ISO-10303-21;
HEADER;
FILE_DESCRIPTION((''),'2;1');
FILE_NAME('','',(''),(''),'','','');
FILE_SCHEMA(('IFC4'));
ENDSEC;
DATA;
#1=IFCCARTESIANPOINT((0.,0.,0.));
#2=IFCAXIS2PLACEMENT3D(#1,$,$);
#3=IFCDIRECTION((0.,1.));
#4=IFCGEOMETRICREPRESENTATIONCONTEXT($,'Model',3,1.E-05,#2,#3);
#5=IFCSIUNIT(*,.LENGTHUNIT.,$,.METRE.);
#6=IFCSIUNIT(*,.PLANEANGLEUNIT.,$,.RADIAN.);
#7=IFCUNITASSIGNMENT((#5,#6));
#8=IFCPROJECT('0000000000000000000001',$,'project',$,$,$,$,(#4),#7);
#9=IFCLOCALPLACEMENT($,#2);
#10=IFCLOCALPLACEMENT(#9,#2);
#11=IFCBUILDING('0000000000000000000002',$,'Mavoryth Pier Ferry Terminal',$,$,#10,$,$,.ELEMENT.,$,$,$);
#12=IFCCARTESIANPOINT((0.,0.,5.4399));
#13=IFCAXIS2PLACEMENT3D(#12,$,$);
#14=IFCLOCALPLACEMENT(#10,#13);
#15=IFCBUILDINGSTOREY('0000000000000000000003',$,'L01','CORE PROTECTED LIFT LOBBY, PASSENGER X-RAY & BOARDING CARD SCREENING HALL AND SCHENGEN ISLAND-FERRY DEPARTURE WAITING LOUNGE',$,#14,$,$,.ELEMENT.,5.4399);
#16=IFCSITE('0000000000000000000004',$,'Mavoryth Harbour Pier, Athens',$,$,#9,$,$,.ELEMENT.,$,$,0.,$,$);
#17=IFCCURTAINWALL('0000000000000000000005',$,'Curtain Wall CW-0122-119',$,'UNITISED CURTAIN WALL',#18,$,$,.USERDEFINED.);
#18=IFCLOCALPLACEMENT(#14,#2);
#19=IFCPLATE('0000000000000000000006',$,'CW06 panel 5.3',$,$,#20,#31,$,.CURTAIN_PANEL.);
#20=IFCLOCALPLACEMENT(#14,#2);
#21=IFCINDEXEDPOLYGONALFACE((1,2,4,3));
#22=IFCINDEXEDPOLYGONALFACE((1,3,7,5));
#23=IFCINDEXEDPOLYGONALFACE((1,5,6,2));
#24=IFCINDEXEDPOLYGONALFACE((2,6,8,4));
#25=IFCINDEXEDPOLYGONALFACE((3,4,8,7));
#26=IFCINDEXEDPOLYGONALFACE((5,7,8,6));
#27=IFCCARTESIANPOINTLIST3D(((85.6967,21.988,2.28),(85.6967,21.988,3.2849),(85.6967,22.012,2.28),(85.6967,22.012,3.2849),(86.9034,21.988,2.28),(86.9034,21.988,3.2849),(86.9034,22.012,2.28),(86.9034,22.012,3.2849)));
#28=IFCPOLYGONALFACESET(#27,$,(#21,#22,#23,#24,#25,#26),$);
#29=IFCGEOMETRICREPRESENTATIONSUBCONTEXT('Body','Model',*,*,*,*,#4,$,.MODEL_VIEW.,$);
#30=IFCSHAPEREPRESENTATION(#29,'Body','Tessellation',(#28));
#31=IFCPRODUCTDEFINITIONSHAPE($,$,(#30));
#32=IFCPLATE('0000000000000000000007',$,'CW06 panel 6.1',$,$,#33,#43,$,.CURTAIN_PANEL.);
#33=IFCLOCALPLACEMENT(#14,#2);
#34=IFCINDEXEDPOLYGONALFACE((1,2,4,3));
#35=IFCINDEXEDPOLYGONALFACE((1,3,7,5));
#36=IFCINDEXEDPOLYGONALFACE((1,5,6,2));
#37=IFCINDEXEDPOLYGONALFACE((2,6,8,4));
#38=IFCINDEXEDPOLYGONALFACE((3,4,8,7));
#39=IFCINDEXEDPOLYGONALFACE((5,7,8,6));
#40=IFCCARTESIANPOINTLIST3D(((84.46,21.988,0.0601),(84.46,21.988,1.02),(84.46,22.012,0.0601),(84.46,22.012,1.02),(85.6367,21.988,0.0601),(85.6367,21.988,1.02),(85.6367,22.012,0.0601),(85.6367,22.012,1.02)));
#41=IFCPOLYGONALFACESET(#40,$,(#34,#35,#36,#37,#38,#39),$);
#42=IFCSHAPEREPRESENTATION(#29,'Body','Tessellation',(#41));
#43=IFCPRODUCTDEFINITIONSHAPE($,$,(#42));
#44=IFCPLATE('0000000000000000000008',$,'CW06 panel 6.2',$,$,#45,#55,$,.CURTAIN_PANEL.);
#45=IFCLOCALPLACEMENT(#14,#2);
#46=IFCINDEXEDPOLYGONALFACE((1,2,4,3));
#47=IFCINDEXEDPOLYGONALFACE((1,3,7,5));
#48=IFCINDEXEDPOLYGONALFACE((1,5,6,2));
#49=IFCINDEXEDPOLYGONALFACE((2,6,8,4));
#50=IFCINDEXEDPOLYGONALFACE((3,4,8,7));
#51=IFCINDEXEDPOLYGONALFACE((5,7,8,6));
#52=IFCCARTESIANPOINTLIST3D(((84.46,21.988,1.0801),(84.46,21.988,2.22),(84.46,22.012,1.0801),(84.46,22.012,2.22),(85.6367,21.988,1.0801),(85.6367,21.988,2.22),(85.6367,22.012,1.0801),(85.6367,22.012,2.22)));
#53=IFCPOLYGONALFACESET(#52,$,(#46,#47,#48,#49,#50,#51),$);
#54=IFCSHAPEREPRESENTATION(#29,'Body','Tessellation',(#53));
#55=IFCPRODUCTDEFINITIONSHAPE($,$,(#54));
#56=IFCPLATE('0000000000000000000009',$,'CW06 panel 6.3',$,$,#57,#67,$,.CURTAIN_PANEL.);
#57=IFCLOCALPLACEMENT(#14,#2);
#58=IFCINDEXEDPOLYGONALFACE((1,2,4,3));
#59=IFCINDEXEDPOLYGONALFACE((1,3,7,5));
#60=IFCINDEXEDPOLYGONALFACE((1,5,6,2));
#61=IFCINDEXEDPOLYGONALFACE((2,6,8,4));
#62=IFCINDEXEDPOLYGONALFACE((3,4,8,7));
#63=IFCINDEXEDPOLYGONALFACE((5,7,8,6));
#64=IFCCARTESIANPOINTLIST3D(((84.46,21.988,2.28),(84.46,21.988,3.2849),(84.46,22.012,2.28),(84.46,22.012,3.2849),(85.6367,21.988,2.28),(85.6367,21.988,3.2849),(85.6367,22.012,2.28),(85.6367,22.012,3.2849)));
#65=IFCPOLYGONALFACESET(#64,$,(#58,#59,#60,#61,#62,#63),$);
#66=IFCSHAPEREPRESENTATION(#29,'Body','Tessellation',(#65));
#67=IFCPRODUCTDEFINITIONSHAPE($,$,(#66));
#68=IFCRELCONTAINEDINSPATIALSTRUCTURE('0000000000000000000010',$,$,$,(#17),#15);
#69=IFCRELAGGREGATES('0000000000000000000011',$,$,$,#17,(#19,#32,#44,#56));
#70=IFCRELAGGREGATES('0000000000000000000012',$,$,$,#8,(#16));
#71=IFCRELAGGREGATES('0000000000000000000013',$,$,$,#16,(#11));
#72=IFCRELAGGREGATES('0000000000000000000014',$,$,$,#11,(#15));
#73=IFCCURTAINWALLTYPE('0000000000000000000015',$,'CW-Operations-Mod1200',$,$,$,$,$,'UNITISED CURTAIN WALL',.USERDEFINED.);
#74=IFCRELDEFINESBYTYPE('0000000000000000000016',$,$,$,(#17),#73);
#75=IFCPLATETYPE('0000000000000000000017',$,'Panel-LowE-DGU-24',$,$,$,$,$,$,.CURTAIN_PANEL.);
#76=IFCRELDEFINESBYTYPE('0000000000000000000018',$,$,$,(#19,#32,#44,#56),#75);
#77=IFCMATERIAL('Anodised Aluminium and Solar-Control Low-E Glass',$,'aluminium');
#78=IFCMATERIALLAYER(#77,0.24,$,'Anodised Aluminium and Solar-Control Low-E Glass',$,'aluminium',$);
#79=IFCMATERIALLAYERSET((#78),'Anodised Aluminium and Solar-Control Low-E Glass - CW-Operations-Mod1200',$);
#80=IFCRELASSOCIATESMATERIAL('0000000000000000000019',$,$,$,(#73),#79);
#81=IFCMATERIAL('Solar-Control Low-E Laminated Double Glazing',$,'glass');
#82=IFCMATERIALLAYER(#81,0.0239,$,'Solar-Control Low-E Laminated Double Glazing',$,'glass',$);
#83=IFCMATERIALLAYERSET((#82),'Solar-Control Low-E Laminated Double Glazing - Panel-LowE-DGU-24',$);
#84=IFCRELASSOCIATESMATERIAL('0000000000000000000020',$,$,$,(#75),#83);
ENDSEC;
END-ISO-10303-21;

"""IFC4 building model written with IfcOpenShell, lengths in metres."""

from ifc_helpers import new_model, si_unit, direction, frame, origin, origin_2d, place, context, subcontext, project, spatial, rectangle, extrude, material, layer, layer_set, type_object, element, aggregate, save


model = new_model("IFC4")

# Units and contexts
model_context = context("Model", 3, precision=1e-05, world=origin(), true_north=direction((0.0, 1.0)))
body_context = subcontext(model_context, "Body", "Model", "MODEL_VIEW")
ifc_project = project(units=[si_unit("LENGTHUNIT", "METRE"), si_unit("PLANEANGLEUNIT", "RADIAN")], contexts=[model_context])

# Site, building, storey
site_placement = place(None, origin())
site = spatial("IfcSite", under=ifc_project, at=site_placement, Name="Mavoryth Harbour Pier, Athens", CompositionType="ELEMENT", RefElevation=0.0)
building_placement = place(site_placement, origin())
building = spatial("IfcBuilding", under=site, at=building_placement, Name="Mavoryth Pier Ferry Terminal", CompositionType="ELEMENT")
storey_placement = place(building_placement, frame((0.0, 0.0, 5.4399)))
storey = spatial("IfcBuildingStorey", under=building, at=storey_placement, Name="L01", Description="CORE PROTECTED LIFT LOBBY, PASSENGER X-RAY & BOARDING CARD SCREENING HALL AND SCHENGEN ISLAND-FERRY DEPARTURE WAITING LOUNGE", CompositionType="ELEMENT", Elevation=5.4399)

# Curtain wall
ifc_material_1 = material(Name="Anodised Aluminium and Solar-Control Low-E Glass", Category="aluminium")
ifc_layer_1 = layer(ifc_material_1, 0.24, Name="Anodised Aluminium and Solar-Control Low-E Glass", Category="aluminium")
ifc_layer_set_1 = layer_set([ifc_layer_1], Name="Anodised Aluminium and Solar-Control Low-E Glass - CW-Operations-Mod1200")
curtain_wall_type = type_object("IfcCurtainWallType", Name="CW-Operations-Mod1200", ElementType="UNITISED CURTAIN WALL", PredefinedType="USERDEFINED", material=ifc_layer_set_1)
curtain_wall_1_placement = place(storey_placement, origin())
curtain_wall_1 = element("IfcCurtainWall", 1, at=curtain_wall_1_placement, inside=storey, type_object=curtain_wall_type, Name="Curtain Wall CW-0122-119", ObjectType="UNITISED CURTAIN WALL", PredefinedType="USERDEFINED")

# Plates
ifc_material_2 = material(Name="Solar-Control Low-E Laminated Double Glazing", Category="glass")
ifc_layer_2 = layer(ifc_material_2, 0.0239, Name="Solar-Control Low-E Laminated Double Glazing", Category="glass")
ifc_layer_set_2 = layer_set([ifc_layer_2], Name="Solar-Control Low-E Laminated Double Glazing - Panel-LowE-DGU-24")
plate_type = type_object("IfcPlateType", Name="Panel-LowE-DGU-24", PredefinedType="CURTAIN_PANEL", material=ifc_layer_set_2)
plate_1_placement = place(storey_placement, frame((86.3, 22.0, 2.28), z_axis=(0.0, 0.0, 1.0), x_axis=(-1.0, 0.0, 0.0)))
plate_1 = element("IfcPlate", 2, at=plate_1_placement, type_object=plate_type, Name="CW06 panel 5.3", PredefinedType="CURTAIN_PANEL", context=body_context, shape_type="SweptSolid", body=[
    extrude(rectangle(XDim=1.2068, YDim=0.0239, at=origin_2d()), origin(), (0.0, 0.0, 1.0), 1.0049),
])
plate_2_placement = place(storey_placement, frame((85.0483, 22.0, 0.0601), z_axis=(0.0, 0.0, 1.0), x_axis=(-1.0, 0.0, 0.0)))
plate_2 = element("IfcPlate", 3, at=plate_2_placement, type_object=plate_type, Name="CW06 panel 6.1", PredefinedType="CURTAIN_PANEL", context=body_context, shape_type="SweptSolid", body=[
    extrude(rectangle(XDim=1.1768, YDim=0.0239, at=origin_2d()), origin(), (0.0, 0.0, 1.0), 0.96),
])
plate_3_placement = place(storey_placement, frame((85.0483, 22.0, 1.0801), z_axis=(0.0, 0.0, 1.0), x_axis=(-1.0, 0.0, 0.0)))
plate_3 = element("IfcPlate", 4, at=plate_3_placement, type_object=plate_type, Name="CW06 panel 6.2", PredefinedType="CURTAIN_PANEL", context=body_context, shape_type="SweptSolid", body=[
    extrude(rectangle(XDim=1.1768, YDim=0.0239, at=origin_2d()), origin(), (0.0, 0.0, 1.0), 1.1399),
])
plate_4_placement = place(storey_placement, frame((85.0483, 22.0, 2.28), z_axis=(0.0, 0.0, 1.0), x_axis=(-1.0, 0.0, 0.0)))
plate_4 = element("IfcPlate", 5, at=plate_4_placement, type_object=plate_type, Name="CW06 panel 6.3", PredefinedType="CURTAIN_PANEL", context=body_context, shape_type="SweptSolid", body=[
    extrude(rectangle(XDim=1.1768, YDim=0.0239, at=origin_2d()), origin(), (0.0, 0.0, 1.0), 1.0049),
])
aggregate(curtain_wall_1, [plate_1, plate_2, plate_3, plate_4])

save(model, "model.ifc")
